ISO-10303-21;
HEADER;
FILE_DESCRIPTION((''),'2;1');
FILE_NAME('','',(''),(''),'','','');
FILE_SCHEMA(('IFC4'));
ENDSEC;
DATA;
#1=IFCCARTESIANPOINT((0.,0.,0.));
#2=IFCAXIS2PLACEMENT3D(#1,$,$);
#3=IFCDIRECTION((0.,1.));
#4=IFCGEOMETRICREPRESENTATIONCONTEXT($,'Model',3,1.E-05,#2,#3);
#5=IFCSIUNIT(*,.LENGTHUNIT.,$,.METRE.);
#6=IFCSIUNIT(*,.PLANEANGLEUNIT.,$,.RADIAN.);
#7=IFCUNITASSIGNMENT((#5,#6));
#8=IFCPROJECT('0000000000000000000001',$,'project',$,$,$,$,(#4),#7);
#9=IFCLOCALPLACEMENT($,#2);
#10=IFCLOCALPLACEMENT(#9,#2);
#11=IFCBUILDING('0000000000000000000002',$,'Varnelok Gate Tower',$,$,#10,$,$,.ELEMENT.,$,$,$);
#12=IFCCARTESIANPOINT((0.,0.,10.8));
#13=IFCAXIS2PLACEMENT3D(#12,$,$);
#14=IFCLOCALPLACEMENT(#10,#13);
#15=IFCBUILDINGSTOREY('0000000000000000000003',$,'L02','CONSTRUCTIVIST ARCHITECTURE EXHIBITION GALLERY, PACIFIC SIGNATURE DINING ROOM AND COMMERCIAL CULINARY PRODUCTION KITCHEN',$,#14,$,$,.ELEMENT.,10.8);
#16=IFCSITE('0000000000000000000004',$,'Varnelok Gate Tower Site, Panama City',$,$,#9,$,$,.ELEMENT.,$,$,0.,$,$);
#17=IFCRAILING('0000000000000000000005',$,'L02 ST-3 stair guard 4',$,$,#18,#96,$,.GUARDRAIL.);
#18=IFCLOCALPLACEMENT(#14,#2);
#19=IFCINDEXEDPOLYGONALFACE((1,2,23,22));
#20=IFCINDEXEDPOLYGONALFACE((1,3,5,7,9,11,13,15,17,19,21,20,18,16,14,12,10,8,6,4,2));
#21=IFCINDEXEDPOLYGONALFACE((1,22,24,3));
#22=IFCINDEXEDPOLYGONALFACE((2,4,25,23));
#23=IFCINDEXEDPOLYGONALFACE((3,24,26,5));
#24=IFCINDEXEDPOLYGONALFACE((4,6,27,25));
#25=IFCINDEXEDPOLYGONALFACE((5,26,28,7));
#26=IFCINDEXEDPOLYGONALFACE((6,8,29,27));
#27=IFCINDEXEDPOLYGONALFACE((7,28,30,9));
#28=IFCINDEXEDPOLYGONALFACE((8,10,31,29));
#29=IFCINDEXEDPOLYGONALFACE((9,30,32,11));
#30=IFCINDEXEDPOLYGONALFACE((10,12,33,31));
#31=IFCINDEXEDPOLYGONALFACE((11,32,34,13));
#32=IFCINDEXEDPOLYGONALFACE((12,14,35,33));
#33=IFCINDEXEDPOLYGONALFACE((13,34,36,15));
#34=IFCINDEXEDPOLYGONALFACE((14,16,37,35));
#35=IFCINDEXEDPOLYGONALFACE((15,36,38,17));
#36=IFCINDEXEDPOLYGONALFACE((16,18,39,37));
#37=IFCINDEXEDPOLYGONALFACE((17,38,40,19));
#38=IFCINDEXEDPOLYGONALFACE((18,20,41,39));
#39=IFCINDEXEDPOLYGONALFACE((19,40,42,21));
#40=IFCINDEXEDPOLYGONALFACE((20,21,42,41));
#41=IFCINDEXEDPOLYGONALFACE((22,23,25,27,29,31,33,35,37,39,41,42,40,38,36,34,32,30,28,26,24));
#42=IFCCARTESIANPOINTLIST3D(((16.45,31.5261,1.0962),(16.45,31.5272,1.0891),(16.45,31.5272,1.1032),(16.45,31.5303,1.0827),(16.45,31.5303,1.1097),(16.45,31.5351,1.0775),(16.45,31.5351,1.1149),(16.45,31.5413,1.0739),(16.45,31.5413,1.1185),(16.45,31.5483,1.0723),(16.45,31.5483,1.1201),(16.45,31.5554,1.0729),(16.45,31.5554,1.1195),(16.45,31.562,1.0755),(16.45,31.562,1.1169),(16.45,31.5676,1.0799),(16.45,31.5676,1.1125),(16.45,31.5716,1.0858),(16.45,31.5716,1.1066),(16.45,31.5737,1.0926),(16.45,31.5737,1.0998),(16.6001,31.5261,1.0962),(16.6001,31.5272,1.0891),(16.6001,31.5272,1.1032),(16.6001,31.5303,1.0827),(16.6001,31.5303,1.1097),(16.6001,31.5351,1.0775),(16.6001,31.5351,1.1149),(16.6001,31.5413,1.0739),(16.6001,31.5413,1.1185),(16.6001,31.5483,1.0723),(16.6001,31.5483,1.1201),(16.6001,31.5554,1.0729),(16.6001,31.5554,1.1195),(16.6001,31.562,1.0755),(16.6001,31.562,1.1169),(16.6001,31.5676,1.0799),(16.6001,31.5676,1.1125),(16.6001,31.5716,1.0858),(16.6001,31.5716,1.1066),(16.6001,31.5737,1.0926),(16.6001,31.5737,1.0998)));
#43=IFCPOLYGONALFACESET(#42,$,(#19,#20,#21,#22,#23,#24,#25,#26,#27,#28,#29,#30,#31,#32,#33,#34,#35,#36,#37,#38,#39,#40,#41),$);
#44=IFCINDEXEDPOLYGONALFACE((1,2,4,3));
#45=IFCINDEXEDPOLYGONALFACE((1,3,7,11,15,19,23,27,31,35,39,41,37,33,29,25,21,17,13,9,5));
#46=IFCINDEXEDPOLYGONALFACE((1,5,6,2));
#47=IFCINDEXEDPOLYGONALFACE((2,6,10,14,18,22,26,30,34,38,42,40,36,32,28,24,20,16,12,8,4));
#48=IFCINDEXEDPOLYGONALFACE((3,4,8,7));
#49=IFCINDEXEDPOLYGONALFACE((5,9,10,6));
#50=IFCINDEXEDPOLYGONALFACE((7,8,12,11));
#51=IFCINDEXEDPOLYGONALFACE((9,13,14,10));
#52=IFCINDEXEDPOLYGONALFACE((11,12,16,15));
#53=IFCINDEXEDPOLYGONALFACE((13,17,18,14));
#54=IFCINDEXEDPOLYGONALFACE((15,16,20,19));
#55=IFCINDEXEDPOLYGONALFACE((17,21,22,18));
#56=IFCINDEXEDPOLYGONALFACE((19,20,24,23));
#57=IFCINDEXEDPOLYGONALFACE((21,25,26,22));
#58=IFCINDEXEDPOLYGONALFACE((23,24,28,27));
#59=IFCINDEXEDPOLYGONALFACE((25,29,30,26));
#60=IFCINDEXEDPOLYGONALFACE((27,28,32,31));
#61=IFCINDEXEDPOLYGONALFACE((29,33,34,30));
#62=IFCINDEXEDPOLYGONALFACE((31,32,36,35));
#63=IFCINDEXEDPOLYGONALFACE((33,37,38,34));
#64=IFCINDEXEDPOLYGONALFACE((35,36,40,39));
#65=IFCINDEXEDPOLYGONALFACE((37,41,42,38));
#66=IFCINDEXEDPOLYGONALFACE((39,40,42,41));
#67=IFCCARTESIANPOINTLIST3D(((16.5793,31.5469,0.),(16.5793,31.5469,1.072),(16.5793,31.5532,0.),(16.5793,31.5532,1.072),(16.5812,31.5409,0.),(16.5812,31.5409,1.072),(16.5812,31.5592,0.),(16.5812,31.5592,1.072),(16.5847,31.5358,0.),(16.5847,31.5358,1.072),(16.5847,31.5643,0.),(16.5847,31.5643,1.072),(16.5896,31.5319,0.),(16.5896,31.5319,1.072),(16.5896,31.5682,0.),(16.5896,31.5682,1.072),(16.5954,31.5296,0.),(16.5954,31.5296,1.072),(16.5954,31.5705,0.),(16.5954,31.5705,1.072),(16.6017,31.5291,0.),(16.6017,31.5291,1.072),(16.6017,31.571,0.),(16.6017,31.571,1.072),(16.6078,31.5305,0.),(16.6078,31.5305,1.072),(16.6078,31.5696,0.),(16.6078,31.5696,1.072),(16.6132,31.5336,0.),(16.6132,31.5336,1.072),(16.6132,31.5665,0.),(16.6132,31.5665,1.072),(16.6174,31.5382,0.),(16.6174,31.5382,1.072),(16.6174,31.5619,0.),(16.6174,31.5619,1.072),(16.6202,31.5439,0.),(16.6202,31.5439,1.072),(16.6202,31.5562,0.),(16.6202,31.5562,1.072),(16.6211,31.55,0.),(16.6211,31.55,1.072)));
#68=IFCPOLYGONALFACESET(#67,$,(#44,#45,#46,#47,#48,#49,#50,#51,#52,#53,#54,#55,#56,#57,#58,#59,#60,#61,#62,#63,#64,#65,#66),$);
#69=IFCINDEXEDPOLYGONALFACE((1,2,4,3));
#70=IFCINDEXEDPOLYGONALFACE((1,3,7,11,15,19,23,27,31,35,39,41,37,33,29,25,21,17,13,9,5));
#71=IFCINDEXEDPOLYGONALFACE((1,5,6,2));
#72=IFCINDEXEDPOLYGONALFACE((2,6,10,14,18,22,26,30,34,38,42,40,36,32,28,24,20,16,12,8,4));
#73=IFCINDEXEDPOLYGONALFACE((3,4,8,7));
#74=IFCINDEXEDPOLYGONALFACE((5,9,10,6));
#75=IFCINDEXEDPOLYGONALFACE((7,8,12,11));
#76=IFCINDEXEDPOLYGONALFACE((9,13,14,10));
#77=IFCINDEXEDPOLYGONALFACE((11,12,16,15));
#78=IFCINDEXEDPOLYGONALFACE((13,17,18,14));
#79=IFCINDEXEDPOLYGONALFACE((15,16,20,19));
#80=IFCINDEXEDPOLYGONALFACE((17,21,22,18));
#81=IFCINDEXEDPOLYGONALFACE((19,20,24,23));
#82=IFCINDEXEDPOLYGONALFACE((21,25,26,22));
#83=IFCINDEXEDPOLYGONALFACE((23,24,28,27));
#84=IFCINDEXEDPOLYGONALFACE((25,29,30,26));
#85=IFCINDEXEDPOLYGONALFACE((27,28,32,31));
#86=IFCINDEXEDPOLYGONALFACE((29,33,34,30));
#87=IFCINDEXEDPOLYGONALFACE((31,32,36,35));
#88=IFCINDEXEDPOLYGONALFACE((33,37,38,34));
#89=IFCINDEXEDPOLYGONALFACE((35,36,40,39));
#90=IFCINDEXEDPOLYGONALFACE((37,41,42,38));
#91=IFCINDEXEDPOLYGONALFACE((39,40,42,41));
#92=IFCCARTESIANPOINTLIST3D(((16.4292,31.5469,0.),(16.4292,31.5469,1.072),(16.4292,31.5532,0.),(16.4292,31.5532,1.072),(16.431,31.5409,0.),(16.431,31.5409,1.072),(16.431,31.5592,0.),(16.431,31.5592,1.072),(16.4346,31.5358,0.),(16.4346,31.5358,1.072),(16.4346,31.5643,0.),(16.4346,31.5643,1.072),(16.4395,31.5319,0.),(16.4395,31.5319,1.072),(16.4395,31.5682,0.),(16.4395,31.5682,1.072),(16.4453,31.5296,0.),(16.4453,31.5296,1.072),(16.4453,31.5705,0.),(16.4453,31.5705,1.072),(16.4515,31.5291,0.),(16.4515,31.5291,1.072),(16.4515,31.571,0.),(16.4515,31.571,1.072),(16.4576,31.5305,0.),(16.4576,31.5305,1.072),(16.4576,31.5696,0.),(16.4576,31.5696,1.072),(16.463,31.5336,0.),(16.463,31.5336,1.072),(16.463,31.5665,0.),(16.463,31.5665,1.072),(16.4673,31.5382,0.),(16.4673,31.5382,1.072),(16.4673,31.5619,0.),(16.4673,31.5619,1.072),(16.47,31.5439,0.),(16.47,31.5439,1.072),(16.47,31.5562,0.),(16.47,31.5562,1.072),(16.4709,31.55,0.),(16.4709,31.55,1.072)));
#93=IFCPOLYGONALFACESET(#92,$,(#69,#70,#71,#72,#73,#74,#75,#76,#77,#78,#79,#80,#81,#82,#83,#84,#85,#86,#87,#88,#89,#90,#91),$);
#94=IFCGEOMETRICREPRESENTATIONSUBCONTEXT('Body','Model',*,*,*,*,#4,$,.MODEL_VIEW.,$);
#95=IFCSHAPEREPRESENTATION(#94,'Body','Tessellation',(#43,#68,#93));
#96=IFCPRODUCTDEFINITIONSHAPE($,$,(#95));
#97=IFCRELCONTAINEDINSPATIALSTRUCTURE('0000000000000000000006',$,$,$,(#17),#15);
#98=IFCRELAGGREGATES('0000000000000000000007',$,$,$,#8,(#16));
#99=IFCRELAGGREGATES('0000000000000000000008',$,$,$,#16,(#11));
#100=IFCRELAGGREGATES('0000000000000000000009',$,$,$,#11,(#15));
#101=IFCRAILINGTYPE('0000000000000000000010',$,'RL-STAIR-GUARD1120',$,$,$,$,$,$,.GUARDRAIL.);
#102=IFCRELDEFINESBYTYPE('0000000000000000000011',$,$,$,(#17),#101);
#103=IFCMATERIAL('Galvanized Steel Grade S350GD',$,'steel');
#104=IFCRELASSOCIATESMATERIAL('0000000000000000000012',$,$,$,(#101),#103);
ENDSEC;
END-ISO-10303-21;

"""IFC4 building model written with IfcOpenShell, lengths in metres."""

from ifc_helpers import new_model, si_unit, direction, frame, origin, origin_2d, place, context, subcontext, project, spatial, circle, extrude, material, type_object, element, save


model = new_model("IFC4")

# Units and contexts
model_context = context("Model", 3, precision=1e-05, world=origin(), true_north=direction((0.0, 1.0)))
body_context = subcontext(model_context, "Body", "Model", "MODEL_VIEW")
ifc_project = project(units=[si_unit("LENGTHUNIT", "METRE"), si_unit("PLANEANGLEUNIT", "RADIAN")], contexts=[model_context])

# Site, building, storey
site_placement = place(None, origin())
site = spatial("IfcSite", under=ifc_project, at=site_placement, Name="Varnelok Gate Tower Site, Panama City", CompositionType="ELEMENT", RefElevation=0.0)
building_placement = place(site_placement, origin())
building = spatial("IfcBuilding", under=site, at=building_placement, Name="Varnelok Gate Tower", CompositionType="ELEMENT")
storey_placement = place(building_placement, frame((0.0, 0.0, 10.8)))
storey = spatial("IfcBuildingStorey", under=building, at=storey_placement, Name="L02", Description="CONSTRUCTIVIST ARCHITECTURE EXHIBITION GALLERY, PACIFIC SIGNATURE DINING ROOM AND COMMERCIAL CULINARY PRODUCTION KITCHEN", CompositionType="ELEMENT", Elevation=10.8)

# Shared definitions
ifc_material_1 = material(Name="Galvanized Steel Grade S350GD", Category="steel")

# Railing
railing_type_1 = type_object("IfcRailingType", Name="RL-STAIR-GUARD1120", PredefinedType="GUARDRAIL", material=ifc_material_1)
railing_1_placement = place(storey_placement, frame((16.6001, 31.55, 0.0)))
element("IfcRailing", 1, at=railing_1_placement, inside=storey, type_object=railing_type_1, Name="L02 ST-3 stair guard 4", PredefinedType="GUARDRAIL", context=body_context, shape_type="SweptSolid", body=[
    extrude(circle(Radius=0.0239, at=origin_2d()), frame((0.0, 0.0, 1.0962), z_axis=(-1.0, 0.0, 0.0), x_axis=(0.0, -1.0, 0.0)), (0.0, 0.0, 1.0), 0.1501),
    extrude(circle(Radius=0.021, at=origin_2d()), origin(), (0.0, 0.0, 1.0), 1.072),
    extrude(circle(Radius=0.021, at=origin_2d()), frame((-0.1501, 0.0, 0.0)), (0.0, 0.0, 1.0), 1.072),
])

save(model, "model.ifc")
